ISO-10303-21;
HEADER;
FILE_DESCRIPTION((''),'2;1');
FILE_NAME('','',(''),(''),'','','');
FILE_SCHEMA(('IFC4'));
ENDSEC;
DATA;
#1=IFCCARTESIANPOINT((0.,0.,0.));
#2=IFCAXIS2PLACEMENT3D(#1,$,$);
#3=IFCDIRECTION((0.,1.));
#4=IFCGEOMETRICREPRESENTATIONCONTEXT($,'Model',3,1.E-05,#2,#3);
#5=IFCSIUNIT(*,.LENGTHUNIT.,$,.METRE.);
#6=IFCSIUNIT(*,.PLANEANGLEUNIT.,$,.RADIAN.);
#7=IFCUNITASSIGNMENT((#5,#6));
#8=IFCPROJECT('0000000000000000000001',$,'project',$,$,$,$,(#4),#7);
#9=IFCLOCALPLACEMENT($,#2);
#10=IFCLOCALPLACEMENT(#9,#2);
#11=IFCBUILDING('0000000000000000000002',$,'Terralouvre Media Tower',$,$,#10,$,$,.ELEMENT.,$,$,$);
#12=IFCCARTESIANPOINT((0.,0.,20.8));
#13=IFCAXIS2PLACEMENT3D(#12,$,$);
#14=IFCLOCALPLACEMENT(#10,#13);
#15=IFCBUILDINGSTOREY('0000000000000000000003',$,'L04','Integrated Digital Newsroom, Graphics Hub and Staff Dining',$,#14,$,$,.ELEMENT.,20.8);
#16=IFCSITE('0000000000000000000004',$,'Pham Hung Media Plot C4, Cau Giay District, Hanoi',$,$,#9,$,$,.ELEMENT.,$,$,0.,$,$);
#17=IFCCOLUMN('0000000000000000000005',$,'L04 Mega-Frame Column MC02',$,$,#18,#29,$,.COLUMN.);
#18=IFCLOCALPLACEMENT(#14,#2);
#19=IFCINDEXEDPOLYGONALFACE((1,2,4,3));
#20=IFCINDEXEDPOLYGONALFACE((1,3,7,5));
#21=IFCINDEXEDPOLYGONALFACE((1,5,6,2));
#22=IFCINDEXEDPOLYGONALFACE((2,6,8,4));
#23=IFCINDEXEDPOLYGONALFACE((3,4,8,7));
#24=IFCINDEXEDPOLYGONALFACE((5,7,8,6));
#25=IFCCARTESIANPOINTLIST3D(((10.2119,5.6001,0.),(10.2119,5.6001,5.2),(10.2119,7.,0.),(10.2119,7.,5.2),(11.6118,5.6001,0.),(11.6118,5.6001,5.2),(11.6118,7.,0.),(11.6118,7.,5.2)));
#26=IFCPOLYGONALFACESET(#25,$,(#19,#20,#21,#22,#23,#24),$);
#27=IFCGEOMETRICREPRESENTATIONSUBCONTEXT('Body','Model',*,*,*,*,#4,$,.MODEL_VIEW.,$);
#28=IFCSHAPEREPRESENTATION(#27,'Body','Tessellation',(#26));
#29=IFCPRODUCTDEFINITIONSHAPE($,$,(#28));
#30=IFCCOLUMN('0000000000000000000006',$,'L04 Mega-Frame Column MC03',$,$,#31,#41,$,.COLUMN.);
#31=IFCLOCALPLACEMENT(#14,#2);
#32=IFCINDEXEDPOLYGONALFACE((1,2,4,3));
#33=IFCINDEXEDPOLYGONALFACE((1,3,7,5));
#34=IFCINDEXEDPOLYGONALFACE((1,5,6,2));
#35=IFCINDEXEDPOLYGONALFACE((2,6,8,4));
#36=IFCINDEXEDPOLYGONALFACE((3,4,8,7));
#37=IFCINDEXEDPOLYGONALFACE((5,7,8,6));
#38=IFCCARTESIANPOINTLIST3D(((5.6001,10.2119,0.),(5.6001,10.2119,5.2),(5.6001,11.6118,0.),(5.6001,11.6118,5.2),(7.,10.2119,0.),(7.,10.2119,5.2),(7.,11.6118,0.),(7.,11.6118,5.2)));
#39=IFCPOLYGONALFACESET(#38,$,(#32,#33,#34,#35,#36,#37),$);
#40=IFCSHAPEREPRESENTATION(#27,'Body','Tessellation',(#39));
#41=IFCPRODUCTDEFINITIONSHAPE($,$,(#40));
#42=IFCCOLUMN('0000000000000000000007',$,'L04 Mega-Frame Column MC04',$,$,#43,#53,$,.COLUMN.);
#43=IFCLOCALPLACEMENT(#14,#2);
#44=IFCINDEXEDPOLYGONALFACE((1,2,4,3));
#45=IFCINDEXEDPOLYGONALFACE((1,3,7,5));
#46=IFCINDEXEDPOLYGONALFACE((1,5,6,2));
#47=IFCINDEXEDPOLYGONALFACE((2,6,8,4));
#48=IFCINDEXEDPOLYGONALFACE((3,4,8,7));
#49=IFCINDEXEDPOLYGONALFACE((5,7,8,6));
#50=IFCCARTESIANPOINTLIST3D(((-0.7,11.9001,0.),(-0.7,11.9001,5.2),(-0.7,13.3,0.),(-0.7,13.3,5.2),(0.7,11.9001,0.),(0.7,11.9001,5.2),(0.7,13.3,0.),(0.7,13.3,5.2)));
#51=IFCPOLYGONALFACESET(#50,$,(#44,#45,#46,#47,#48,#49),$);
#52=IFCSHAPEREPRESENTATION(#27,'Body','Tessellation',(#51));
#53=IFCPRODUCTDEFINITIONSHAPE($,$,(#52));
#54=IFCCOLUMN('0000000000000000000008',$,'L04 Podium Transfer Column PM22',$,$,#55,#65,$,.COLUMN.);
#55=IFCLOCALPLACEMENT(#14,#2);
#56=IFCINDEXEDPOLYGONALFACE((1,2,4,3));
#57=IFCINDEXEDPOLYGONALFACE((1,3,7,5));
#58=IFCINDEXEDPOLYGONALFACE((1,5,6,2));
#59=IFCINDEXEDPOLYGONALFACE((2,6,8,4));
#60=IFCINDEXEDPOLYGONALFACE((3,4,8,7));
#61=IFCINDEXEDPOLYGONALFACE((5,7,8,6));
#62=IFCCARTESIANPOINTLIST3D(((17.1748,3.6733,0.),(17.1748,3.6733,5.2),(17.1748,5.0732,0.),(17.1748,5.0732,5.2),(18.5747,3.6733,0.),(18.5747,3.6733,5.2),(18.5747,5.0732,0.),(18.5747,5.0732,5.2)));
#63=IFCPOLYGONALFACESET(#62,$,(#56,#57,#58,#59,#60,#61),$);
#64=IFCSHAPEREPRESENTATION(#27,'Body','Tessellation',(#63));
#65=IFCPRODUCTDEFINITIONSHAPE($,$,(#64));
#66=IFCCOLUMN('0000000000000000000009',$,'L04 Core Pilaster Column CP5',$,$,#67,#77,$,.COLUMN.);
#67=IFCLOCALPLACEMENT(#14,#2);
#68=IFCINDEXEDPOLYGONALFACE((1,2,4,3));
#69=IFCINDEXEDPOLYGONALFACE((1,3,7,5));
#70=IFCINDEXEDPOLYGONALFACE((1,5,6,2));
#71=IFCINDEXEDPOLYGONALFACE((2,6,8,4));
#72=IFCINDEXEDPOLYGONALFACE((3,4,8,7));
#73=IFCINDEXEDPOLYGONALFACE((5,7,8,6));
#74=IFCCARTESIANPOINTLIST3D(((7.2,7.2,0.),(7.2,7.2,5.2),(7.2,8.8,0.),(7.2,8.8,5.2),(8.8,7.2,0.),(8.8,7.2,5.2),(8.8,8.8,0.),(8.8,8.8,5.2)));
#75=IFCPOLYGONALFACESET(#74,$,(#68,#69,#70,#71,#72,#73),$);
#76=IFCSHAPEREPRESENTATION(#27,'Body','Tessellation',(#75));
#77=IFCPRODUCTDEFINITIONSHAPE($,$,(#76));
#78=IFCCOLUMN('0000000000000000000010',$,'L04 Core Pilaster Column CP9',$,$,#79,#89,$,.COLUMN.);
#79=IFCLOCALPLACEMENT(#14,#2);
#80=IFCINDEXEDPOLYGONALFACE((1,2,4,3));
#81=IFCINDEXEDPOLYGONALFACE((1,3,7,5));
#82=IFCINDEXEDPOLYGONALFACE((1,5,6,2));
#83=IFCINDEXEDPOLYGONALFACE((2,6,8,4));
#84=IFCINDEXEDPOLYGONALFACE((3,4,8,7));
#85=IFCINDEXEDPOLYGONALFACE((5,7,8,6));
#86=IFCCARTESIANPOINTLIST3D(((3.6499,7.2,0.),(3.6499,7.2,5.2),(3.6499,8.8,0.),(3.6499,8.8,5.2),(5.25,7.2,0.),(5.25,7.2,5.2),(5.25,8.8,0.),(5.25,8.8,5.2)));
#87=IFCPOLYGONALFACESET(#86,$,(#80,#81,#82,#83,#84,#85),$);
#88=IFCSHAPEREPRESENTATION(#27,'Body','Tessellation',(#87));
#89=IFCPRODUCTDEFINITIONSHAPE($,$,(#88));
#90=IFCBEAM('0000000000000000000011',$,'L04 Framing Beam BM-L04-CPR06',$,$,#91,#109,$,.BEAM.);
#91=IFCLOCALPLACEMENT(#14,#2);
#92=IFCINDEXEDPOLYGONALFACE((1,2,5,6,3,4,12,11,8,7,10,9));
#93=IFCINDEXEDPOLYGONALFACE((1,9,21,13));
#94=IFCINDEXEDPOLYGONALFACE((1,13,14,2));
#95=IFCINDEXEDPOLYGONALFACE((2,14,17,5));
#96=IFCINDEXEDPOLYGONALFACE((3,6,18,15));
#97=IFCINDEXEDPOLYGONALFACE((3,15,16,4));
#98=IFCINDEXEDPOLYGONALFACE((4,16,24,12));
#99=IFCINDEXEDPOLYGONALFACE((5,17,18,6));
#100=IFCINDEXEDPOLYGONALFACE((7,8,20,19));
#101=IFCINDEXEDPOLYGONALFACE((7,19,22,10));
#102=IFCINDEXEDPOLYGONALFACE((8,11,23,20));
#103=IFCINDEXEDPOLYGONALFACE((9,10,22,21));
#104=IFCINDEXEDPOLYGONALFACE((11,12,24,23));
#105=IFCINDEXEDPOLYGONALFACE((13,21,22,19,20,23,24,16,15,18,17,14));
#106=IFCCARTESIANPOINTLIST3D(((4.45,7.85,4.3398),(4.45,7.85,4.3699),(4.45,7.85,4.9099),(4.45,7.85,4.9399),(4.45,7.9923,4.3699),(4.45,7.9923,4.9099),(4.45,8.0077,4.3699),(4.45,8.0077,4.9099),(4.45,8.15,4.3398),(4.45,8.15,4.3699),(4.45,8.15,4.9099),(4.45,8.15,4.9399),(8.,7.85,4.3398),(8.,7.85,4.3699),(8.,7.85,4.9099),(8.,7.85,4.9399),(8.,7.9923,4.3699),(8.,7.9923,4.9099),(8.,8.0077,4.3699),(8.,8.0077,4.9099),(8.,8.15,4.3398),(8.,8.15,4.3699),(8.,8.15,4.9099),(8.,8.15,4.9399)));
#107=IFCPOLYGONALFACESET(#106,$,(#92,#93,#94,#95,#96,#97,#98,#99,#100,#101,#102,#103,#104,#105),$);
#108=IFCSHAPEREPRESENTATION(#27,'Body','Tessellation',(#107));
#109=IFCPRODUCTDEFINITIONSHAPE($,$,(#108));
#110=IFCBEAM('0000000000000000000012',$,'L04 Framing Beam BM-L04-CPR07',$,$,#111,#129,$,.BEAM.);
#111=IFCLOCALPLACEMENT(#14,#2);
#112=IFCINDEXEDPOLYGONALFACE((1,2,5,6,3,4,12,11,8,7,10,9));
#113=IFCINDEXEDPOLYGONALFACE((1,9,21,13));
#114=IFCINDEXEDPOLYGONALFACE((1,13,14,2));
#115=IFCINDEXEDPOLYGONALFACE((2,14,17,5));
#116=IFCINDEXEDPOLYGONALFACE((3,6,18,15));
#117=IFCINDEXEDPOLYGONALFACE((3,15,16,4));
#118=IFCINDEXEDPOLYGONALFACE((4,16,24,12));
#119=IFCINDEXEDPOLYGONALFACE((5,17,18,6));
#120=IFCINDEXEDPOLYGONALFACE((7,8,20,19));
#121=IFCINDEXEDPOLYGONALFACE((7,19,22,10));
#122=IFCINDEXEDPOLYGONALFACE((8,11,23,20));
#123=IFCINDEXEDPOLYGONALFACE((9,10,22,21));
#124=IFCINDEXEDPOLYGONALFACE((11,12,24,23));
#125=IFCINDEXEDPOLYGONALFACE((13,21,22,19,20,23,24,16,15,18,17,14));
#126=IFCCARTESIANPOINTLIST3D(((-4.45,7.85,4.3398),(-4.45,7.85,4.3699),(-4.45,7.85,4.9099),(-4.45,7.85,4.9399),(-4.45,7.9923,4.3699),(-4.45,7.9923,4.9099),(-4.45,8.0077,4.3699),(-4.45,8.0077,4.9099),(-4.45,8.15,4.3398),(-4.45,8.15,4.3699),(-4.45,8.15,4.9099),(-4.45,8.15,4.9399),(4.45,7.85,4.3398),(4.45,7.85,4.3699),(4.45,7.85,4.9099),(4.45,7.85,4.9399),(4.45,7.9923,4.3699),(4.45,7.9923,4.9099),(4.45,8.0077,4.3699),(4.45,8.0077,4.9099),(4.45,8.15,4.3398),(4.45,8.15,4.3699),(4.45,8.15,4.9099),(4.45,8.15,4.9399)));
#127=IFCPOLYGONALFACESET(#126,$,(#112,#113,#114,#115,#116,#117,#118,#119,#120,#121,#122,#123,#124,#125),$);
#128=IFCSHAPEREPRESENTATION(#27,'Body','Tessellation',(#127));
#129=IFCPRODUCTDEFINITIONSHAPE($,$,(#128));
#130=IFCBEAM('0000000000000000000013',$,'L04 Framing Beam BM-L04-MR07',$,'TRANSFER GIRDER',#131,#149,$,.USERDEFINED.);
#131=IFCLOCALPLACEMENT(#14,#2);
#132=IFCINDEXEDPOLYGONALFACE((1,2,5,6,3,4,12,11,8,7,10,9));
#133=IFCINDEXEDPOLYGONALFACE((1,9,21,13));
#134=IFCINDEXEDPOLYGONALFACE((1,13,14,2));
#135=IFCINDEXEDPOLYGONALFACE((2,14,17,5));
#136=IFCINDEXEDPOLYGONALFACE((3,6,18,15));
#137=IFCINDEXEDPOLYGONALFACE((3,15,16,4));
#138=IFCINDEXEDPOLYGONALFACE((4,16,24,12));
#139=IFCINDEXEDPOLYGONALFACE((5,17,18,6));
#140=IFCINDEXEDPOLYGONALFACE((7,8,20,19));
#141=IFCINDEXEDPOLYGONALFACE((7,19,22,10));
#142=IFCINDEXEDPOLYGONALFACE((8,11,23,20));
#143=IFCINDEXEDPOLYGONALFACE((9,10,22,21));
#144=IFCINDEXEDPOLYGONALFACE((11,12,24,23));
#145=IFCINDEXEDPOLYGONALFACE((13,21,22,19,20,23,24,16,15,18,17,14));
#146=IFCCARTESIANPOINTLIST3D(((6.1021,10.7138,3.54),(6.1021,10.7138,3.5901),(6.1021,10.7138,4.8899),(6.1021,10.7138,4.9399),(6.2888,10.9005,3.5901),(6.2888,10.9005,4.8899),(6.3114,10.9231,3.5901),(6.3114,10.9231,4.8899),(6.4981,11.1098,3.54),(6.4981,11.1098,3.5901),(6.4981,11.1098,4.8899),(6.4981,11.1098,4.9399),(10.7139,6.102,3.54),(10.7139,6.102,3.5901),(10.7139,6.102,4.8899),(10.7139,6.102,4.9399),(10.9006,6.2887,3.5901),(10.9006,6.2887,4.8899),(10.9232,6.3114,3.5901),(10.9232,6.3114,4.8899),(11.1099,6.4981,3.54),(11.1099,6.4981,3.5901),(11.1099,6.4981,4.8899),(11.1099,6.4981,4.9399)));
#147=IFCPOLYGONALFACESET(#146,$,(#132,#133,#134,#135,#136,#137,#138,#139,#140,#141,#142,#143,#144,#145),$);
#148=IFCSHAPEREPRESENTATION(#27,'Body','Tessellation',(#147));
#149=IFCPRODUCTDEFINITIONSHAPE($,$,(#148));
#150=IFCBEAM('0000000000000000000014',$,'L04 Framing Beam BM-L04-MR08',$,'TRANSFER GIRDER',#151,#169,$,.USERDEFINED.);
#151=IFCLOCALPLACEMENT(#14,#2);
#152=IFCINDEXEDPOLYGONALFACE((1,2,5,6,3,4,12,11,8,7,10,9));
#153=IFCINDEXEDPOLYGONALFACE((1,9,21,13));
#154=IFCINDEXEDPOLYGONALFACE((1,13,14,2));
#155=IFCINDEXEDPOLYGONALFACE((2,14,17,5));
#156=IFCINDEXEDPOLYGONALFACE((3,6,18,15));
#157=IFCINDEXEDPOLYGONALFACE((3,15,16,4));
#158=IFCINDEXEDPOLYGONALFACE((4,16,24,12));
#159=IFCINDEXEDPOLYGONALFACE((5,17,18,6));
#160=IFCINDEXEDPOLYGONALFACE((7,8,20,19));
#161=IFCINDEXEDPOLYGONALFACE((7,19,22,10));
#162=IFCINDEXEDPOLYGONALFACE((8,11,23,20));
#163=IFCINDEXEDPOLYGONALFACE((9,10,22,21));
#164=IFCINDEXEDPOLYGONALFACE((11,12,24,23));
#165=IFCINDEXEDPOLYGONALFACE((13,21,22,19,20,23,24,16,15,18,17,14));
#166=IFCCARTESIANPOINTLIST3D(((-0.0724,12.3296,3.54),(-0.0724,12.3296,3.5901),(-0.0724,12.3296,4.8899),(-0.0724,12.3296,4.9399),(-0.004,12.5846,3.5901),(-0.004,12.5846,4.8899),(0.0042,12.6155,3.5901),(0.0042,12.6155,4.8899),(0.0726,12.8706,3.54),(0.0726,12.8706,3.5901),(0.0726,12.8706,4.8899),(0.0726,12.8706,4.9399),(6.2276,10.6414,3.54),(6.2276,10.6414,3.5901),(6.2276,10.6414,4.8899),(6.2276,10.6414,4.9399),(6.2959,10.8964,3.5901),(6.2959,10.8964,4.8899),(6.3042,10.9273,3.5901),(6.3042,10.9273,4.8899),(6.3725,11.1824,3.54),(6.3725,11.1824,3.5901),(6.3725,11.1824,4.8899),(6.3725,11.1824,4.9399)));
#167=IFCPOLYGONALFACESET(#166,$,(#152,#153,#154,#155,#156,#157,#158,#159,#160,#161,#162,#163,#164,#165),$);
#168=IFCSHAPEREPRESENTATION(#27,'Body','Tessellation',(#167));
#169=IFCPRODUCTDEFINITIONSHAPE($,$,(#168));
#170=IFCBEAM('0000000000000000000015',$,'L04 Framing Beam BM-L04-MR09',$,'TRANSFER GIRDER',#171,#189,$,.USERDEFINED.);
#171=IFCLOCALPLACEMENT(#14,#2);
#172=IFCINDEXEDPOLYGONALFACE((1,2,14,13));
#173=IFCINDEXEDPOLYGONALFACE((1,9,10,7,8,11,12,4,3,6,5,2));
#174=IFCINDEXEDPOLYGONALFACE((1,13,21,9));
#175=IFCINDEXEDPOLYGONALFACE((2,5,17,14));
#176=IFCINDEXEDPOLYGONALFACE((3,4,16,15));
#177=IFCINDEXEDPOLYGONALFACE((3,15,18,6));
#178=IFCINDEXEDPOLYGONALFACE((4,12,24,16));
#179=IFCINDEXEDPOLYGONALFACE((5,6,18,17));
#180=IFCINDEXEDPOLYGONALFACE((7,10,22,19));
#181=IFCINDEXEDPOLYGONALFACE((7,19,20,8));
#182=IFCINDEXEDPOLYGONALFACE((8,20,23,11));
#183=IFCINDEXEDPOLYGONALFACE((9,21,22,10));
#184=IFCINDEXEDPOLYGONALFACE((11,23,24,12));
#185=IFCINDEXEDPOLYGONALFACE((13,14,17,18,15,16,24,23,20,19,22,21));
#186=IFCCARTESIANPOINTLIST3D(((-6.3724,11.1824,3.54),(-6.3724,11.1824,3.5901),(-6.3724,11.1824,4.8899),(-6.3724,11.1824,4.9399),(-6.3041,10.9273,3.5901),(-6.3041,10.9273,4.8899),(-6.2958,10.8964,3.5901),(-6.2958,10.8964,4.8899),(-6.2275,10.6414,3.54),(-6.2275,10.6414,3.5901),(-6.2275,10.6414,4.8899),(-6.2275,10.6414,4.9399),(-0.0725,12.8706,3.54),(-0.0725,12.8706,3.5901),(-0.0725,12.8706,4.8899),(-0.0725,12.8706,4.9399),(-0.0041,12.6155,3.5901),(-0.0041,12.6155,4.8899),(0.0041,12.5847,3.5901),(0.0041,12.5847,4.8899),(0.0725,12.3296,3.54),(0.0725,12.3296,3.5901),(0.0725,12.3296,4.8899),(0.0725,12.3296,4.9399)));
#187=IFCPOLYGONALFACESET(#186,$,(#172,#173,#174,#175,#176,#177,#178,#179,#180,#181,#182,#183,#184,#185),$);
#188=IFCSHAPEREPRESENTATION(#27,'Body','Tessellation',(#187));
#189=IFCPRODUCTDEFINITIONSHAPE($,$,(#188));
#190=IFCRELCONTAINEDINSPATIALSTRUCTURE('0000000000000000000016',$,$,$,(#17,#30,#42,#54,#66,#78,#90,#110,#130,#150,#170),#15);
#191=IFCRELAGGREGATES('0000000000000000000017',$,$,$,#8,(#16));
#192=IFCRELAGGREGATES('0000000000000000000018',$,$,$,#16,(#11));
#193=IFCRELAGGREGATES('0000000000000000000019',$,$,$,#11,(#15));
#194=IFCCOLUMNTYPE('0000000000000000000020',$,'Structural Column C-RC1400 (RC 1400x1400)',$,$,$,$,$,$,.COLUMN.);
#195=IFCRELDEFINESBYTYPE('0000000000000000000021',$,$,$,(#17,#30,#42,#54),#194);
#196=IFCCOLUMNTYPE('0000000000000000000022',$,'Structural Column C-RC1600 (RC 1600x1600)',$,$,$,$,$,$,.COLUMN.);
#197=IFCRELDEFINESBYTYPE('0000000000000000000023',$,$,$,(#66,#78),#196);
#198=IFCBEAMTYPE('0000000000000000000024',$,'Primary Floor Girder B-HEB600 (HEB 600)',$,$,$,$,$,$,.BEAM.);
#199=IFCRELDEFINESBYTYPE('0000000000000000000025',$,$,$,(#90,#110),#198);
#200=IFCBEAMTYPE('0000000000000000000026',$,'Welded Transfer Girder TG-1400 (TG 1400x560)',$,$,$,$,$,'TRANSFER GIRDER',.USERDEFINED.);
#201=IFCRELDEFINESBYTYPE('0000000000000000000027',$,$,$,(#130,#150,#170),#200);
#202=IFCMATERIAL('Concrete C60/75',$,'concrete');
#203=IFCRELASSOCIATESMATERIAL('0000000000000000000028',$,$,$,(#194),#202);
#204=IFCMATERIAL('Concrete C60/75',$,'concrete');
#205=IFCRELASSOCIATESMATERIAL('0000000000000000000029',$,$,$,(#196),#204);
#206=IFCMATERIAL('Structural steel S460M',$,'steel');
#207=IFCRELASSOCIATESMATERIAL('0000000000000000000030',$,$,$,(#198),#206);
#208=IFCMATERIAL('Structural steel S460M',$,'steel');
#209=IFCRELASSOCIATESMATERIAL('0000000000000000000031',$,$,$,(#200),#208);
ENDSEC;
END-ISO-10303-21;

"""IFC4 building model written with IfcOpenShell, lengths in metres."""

from ifc_helpers import new_model, si_unit, direction, frame, origin, origin_2d, place, context, subcontext, project, spatial, rectangle, i_section, extrude, material, material_profile, profile_set, type_object, element, save


model = new_model("IFC4")

# Units and contexts
model_context = context("Model", 3, precision=1e-05, world=origin(), true_north=direction((0.0, 1.0)))
body_context = subcontext(model_context, "Body", "Model", "MODEL_VIEW")
ifc_project = project(units=[si_unit("LENGTHUNIT", "METRE"), si_unit("PLANEANGLEUNIT", "RADIAN")], contexts=[model_context])

# Site, building, storey
site_placement = place(None, origin())
site = spatial("IfcSite", under=ifc_project, at=site_placement, Name="Pham Hung Media Plot C4, Cau Giay District, Hanoi", CompositionType="ELEMENT", RefElevation=0.0)
building_placement = place(site_placement, origin())
building = spatial("IfcBuilding", under=site, at=building_placement, Name="Terralouvre Media Tower", CompositionType="ELEMENT")
storey_placement = place(building_placement, frame((0.0, 0.0, 20.8)))
storey = spatial("IfcBuildingStorey", under=building, at=storey_placement, Name="L04", Description="Integrated Digital Newsroom, Graphics Hub and Staff Dining", CompositionType="ELEMENT", Elevation=20.8)

# Columns
ifc_material_1 = material(Name="Concrete C60/75", Category="concrete")
ifc_material_profile_1 = material_profile(ifc_material_1, rectangle(XDim=1.3999, YDim=1.3999, at=origin_2d()), Name="RC 1400x1400")
ifc_profile_set_1 = profile_set([ifc_material_profile_1], Name="Concrete C60/75")
column_type_1 = type_object("IfcColumnType", Name="Structural Column C-RC1400 (RC 1400x1400)", PredefinedType="COLUMN", material=ifc_profile_set_1)
for number, where, z_axis, x_axis, name in (
    (1, (10.9119, 6.3, 0.0), (0.0, 0.0, 1.0), (1.0, 0.0, 0.0), "L04 Mega-Frame Column MC02"),
    (2, (6.3, 10.9119, 0.0), (0.0, 0.0, 1.0), (1.0, 0.0, 0.0), "L04 Mega-Frame Column MC03"),
    (3, (0.0, 12.6001, 0.0), (0.0, 0.0, 1.0), (1.0, 0.0, 0.0), "L04 Mega-Frame Column MC04"),
    (4, (17.8748, 4.3733, 0.0), (0.0, 0.0, 1.0), (1.0, 0.0, 0.0), "L04 Podium Transfer Column PM22"),
):
    element("IfcColumn", number, at=place(storey_placement, frame(where, z_axis=z_axis, x_axis=x_axis)), inside=storey, type_object=column_type_1, Name=name, PredefinedType="COLUMN", context=body_context, shape_type="SweptSolid", body=[
        extrude(rectangle(XDim=1.3999, YDim=1.3999, at=origin_2d()), origin(), (0.0, 0.0, 1.0), 5.2),
    ])
ifc_material_2 = material(Name="Concrete C60/75", Category="concrete")
ifc_material_profile_2 = material_profile(ifc_material_2, rectangle(XDim=1.6001, YDim=1.6001, at=origin_2d()), Name="RC 1600x1600")
ifc_profile_set_2 = profile_set([ifc_material_profile_2], Name="Concrete C60/75")
column_type_2 = type_object("IfcColumnType", Name="Structural Column C-RC1600 (RC 1600x1600)", PredefinedType="COLUMN", material=ifc_profile_set_2)
for number, where, z_axis, x_axis, name in (
    (5, (8.0, 8.0, 0.0), (0.0, 0.0, 1.0), (1.0, 0.0, 0.0), "L04 Core Pilaster Column CP5"),
    (6, (4.45, 8.0, 0.0), (0.0, 0.0, 1.0), (1.0, 0.0, 0.0), "L04 Core Pilaster Column CP9"),
):
    element("IfcColumn", number, at=place(storey_placement, frame(where, z_axis=z_axis, x_axis=x_axis)), inside=storey, type_object=column_type_2, Name=name, PredefinedType="COLUMN", context=body_context, shape_type="SweptSolid", body=[
        extrude(rectangle(XDim=1.6001, YDim=1.6001, at=origin_2d()), origin(), (0.0, 0.0, 1.0), 5.2),
    ])

# Beams
ifc_material_3 = material(Name="Structural steel S460M", Category="steel")
ifc_material_profile_3 = material_profile(ifc_material_3, i_section(OverallWidth=0.3, OverallDepth=0.6001, WebThickness=0.0154, FlangeThickness=0.03, at=origin_2d()), Name="HEB 600")
ifc_profile_set_3 = profile_set([ifc_material_profile_3], Name="Structural steel S460M")
beam_type_1 = type_object("IfcBeamType", Name="Primary Floor Girder B-HEB600 (HEB 600)", PredefinedType="BEAM", material=ifc_profile_set_3)
beam_1_placement = place(storey_placement, frame((8.0, 8.0, 4.6399), z_axis=(-1.0, 0.0, 0.0), x_axis=(0.0, -1.0, 0.0)))
element("IfcBeam", 7, at=beam_1_placement, inside=storey, type_object=beam_type_1, Name="L04 Framing Beam BM-L04-CPR06", PredefinedType="BEAM", context=body_context, shape_type="SweptSolid", body=[
    extrude(i_section(OverallWidth=0.3, OverallDepth=0.6001, WebThickness=0.0154, FlangeThickness=0.03, at=origin_2d()), origin(), (0.0, 0.0, 1.0), 3.55),
])
beam_2_placement = place(storey_placement, frame((4.45, 8.0, 4.6399), z_axis=(-1.0, 0.0, 0.0), x_axis=(0.0, -1.0, 0.0)))
element("IfcBeam", 8, at=beam_2_placement, inside=storey, type_object=beam_type_1, Name="L04 Framing Beam BM-L04-CPR07", PredefinedType="BEAM", context=body_context, shape_type="SweptSolid", body=[
    extrude(i_section(OverallWidth=0.3, OverallDepth=0.6001, WebThickness=0.0154, FlangeThickness=0.03, at=origin_2d()), origin(), (0.0, 0.0, 1.0), 8.8999),
])
ifc_material_4 = material(Name="Structural steel S460M", Category="steel")
ifc_material_profile_4 = material_profile(ifc_material_4, i_section(OverallWidth=0.5601, OverallDepth=1.3999, WebThickness=0.032, FlangeThickness=0.05, at=origin_2d()), Name="TG 1400x560")
ifc_profile_set_4 = profile_set([ifc_material_profile_4], Name="Structural steel S460M")
beam_type_2 = type_object("IfcBeamType", Name="Welded Transfer Girder TG-1400 (TG 1400x560)", ElementType="TRANSFER GIRDER", PredefinedType="USERDEFINED", material=ifc_profile_set_4)
beam_3_placement = place(storey_placement, frame((10.9119, 6.3, 4.24), z_axis=(-0.707107, 0.707107, 0.0), x_axis=(-0.707107, -0.707107, 0.0)))
element("IfcBeam", 9, at=beam_3_placement, inside=storey, type_object=beam_type_2, Name="L04 Framing Beam BM-L04-MR07", ObjectType="TRANSFER GIRDER", PredefinedType="USERDEFINED", context=body_context, shape_type="SweptSolid", body=[
    extrude(i_section(OverallWidth=0.5601, OverallDepth=1.3999, WebThickness=0.032, FlangeThickness=0.05, at=origin_2d()), origin(), (0.0, 0.0, 1.0), 6.522),
])
for number, where, z_axis, x_axis, name in (
    (10, (6.3, 10.9119, 4.24), (-0.96592, 0.258839, 0.0), (-0.258839, -0.96592, 0.0), "L04 Framing Beam BM-L04-MR08"),
    (11, (0.0, 12.6001, 4.24), (-0.96592, -0.258839, 0.0), (0.258839, -0.96592, 0.0), "L04 Framing Beam BM-L04-MR09"),
):
    element("IfcBeam", number, at=place(storey_placement, frame(where, z_axis=z_axis, x_axis=x_axis)), inside=storey, type_object=beam_type_2, Name=name, ObjectType="TRANSFER GIRDER", PredefinedType="USERDEFINED", context=body_context, shape_type="SweptSolid", body=[
        extrude(i_section(OverallWidth=0.5601, OverallDepth=1.3999, WebThickness=0.032, FlangeThickness=0.05, at=origin_2d()), origin(), (0.0, 0.0, 1.0), 6.5222),
    ])

save(model, "model.ifc")
